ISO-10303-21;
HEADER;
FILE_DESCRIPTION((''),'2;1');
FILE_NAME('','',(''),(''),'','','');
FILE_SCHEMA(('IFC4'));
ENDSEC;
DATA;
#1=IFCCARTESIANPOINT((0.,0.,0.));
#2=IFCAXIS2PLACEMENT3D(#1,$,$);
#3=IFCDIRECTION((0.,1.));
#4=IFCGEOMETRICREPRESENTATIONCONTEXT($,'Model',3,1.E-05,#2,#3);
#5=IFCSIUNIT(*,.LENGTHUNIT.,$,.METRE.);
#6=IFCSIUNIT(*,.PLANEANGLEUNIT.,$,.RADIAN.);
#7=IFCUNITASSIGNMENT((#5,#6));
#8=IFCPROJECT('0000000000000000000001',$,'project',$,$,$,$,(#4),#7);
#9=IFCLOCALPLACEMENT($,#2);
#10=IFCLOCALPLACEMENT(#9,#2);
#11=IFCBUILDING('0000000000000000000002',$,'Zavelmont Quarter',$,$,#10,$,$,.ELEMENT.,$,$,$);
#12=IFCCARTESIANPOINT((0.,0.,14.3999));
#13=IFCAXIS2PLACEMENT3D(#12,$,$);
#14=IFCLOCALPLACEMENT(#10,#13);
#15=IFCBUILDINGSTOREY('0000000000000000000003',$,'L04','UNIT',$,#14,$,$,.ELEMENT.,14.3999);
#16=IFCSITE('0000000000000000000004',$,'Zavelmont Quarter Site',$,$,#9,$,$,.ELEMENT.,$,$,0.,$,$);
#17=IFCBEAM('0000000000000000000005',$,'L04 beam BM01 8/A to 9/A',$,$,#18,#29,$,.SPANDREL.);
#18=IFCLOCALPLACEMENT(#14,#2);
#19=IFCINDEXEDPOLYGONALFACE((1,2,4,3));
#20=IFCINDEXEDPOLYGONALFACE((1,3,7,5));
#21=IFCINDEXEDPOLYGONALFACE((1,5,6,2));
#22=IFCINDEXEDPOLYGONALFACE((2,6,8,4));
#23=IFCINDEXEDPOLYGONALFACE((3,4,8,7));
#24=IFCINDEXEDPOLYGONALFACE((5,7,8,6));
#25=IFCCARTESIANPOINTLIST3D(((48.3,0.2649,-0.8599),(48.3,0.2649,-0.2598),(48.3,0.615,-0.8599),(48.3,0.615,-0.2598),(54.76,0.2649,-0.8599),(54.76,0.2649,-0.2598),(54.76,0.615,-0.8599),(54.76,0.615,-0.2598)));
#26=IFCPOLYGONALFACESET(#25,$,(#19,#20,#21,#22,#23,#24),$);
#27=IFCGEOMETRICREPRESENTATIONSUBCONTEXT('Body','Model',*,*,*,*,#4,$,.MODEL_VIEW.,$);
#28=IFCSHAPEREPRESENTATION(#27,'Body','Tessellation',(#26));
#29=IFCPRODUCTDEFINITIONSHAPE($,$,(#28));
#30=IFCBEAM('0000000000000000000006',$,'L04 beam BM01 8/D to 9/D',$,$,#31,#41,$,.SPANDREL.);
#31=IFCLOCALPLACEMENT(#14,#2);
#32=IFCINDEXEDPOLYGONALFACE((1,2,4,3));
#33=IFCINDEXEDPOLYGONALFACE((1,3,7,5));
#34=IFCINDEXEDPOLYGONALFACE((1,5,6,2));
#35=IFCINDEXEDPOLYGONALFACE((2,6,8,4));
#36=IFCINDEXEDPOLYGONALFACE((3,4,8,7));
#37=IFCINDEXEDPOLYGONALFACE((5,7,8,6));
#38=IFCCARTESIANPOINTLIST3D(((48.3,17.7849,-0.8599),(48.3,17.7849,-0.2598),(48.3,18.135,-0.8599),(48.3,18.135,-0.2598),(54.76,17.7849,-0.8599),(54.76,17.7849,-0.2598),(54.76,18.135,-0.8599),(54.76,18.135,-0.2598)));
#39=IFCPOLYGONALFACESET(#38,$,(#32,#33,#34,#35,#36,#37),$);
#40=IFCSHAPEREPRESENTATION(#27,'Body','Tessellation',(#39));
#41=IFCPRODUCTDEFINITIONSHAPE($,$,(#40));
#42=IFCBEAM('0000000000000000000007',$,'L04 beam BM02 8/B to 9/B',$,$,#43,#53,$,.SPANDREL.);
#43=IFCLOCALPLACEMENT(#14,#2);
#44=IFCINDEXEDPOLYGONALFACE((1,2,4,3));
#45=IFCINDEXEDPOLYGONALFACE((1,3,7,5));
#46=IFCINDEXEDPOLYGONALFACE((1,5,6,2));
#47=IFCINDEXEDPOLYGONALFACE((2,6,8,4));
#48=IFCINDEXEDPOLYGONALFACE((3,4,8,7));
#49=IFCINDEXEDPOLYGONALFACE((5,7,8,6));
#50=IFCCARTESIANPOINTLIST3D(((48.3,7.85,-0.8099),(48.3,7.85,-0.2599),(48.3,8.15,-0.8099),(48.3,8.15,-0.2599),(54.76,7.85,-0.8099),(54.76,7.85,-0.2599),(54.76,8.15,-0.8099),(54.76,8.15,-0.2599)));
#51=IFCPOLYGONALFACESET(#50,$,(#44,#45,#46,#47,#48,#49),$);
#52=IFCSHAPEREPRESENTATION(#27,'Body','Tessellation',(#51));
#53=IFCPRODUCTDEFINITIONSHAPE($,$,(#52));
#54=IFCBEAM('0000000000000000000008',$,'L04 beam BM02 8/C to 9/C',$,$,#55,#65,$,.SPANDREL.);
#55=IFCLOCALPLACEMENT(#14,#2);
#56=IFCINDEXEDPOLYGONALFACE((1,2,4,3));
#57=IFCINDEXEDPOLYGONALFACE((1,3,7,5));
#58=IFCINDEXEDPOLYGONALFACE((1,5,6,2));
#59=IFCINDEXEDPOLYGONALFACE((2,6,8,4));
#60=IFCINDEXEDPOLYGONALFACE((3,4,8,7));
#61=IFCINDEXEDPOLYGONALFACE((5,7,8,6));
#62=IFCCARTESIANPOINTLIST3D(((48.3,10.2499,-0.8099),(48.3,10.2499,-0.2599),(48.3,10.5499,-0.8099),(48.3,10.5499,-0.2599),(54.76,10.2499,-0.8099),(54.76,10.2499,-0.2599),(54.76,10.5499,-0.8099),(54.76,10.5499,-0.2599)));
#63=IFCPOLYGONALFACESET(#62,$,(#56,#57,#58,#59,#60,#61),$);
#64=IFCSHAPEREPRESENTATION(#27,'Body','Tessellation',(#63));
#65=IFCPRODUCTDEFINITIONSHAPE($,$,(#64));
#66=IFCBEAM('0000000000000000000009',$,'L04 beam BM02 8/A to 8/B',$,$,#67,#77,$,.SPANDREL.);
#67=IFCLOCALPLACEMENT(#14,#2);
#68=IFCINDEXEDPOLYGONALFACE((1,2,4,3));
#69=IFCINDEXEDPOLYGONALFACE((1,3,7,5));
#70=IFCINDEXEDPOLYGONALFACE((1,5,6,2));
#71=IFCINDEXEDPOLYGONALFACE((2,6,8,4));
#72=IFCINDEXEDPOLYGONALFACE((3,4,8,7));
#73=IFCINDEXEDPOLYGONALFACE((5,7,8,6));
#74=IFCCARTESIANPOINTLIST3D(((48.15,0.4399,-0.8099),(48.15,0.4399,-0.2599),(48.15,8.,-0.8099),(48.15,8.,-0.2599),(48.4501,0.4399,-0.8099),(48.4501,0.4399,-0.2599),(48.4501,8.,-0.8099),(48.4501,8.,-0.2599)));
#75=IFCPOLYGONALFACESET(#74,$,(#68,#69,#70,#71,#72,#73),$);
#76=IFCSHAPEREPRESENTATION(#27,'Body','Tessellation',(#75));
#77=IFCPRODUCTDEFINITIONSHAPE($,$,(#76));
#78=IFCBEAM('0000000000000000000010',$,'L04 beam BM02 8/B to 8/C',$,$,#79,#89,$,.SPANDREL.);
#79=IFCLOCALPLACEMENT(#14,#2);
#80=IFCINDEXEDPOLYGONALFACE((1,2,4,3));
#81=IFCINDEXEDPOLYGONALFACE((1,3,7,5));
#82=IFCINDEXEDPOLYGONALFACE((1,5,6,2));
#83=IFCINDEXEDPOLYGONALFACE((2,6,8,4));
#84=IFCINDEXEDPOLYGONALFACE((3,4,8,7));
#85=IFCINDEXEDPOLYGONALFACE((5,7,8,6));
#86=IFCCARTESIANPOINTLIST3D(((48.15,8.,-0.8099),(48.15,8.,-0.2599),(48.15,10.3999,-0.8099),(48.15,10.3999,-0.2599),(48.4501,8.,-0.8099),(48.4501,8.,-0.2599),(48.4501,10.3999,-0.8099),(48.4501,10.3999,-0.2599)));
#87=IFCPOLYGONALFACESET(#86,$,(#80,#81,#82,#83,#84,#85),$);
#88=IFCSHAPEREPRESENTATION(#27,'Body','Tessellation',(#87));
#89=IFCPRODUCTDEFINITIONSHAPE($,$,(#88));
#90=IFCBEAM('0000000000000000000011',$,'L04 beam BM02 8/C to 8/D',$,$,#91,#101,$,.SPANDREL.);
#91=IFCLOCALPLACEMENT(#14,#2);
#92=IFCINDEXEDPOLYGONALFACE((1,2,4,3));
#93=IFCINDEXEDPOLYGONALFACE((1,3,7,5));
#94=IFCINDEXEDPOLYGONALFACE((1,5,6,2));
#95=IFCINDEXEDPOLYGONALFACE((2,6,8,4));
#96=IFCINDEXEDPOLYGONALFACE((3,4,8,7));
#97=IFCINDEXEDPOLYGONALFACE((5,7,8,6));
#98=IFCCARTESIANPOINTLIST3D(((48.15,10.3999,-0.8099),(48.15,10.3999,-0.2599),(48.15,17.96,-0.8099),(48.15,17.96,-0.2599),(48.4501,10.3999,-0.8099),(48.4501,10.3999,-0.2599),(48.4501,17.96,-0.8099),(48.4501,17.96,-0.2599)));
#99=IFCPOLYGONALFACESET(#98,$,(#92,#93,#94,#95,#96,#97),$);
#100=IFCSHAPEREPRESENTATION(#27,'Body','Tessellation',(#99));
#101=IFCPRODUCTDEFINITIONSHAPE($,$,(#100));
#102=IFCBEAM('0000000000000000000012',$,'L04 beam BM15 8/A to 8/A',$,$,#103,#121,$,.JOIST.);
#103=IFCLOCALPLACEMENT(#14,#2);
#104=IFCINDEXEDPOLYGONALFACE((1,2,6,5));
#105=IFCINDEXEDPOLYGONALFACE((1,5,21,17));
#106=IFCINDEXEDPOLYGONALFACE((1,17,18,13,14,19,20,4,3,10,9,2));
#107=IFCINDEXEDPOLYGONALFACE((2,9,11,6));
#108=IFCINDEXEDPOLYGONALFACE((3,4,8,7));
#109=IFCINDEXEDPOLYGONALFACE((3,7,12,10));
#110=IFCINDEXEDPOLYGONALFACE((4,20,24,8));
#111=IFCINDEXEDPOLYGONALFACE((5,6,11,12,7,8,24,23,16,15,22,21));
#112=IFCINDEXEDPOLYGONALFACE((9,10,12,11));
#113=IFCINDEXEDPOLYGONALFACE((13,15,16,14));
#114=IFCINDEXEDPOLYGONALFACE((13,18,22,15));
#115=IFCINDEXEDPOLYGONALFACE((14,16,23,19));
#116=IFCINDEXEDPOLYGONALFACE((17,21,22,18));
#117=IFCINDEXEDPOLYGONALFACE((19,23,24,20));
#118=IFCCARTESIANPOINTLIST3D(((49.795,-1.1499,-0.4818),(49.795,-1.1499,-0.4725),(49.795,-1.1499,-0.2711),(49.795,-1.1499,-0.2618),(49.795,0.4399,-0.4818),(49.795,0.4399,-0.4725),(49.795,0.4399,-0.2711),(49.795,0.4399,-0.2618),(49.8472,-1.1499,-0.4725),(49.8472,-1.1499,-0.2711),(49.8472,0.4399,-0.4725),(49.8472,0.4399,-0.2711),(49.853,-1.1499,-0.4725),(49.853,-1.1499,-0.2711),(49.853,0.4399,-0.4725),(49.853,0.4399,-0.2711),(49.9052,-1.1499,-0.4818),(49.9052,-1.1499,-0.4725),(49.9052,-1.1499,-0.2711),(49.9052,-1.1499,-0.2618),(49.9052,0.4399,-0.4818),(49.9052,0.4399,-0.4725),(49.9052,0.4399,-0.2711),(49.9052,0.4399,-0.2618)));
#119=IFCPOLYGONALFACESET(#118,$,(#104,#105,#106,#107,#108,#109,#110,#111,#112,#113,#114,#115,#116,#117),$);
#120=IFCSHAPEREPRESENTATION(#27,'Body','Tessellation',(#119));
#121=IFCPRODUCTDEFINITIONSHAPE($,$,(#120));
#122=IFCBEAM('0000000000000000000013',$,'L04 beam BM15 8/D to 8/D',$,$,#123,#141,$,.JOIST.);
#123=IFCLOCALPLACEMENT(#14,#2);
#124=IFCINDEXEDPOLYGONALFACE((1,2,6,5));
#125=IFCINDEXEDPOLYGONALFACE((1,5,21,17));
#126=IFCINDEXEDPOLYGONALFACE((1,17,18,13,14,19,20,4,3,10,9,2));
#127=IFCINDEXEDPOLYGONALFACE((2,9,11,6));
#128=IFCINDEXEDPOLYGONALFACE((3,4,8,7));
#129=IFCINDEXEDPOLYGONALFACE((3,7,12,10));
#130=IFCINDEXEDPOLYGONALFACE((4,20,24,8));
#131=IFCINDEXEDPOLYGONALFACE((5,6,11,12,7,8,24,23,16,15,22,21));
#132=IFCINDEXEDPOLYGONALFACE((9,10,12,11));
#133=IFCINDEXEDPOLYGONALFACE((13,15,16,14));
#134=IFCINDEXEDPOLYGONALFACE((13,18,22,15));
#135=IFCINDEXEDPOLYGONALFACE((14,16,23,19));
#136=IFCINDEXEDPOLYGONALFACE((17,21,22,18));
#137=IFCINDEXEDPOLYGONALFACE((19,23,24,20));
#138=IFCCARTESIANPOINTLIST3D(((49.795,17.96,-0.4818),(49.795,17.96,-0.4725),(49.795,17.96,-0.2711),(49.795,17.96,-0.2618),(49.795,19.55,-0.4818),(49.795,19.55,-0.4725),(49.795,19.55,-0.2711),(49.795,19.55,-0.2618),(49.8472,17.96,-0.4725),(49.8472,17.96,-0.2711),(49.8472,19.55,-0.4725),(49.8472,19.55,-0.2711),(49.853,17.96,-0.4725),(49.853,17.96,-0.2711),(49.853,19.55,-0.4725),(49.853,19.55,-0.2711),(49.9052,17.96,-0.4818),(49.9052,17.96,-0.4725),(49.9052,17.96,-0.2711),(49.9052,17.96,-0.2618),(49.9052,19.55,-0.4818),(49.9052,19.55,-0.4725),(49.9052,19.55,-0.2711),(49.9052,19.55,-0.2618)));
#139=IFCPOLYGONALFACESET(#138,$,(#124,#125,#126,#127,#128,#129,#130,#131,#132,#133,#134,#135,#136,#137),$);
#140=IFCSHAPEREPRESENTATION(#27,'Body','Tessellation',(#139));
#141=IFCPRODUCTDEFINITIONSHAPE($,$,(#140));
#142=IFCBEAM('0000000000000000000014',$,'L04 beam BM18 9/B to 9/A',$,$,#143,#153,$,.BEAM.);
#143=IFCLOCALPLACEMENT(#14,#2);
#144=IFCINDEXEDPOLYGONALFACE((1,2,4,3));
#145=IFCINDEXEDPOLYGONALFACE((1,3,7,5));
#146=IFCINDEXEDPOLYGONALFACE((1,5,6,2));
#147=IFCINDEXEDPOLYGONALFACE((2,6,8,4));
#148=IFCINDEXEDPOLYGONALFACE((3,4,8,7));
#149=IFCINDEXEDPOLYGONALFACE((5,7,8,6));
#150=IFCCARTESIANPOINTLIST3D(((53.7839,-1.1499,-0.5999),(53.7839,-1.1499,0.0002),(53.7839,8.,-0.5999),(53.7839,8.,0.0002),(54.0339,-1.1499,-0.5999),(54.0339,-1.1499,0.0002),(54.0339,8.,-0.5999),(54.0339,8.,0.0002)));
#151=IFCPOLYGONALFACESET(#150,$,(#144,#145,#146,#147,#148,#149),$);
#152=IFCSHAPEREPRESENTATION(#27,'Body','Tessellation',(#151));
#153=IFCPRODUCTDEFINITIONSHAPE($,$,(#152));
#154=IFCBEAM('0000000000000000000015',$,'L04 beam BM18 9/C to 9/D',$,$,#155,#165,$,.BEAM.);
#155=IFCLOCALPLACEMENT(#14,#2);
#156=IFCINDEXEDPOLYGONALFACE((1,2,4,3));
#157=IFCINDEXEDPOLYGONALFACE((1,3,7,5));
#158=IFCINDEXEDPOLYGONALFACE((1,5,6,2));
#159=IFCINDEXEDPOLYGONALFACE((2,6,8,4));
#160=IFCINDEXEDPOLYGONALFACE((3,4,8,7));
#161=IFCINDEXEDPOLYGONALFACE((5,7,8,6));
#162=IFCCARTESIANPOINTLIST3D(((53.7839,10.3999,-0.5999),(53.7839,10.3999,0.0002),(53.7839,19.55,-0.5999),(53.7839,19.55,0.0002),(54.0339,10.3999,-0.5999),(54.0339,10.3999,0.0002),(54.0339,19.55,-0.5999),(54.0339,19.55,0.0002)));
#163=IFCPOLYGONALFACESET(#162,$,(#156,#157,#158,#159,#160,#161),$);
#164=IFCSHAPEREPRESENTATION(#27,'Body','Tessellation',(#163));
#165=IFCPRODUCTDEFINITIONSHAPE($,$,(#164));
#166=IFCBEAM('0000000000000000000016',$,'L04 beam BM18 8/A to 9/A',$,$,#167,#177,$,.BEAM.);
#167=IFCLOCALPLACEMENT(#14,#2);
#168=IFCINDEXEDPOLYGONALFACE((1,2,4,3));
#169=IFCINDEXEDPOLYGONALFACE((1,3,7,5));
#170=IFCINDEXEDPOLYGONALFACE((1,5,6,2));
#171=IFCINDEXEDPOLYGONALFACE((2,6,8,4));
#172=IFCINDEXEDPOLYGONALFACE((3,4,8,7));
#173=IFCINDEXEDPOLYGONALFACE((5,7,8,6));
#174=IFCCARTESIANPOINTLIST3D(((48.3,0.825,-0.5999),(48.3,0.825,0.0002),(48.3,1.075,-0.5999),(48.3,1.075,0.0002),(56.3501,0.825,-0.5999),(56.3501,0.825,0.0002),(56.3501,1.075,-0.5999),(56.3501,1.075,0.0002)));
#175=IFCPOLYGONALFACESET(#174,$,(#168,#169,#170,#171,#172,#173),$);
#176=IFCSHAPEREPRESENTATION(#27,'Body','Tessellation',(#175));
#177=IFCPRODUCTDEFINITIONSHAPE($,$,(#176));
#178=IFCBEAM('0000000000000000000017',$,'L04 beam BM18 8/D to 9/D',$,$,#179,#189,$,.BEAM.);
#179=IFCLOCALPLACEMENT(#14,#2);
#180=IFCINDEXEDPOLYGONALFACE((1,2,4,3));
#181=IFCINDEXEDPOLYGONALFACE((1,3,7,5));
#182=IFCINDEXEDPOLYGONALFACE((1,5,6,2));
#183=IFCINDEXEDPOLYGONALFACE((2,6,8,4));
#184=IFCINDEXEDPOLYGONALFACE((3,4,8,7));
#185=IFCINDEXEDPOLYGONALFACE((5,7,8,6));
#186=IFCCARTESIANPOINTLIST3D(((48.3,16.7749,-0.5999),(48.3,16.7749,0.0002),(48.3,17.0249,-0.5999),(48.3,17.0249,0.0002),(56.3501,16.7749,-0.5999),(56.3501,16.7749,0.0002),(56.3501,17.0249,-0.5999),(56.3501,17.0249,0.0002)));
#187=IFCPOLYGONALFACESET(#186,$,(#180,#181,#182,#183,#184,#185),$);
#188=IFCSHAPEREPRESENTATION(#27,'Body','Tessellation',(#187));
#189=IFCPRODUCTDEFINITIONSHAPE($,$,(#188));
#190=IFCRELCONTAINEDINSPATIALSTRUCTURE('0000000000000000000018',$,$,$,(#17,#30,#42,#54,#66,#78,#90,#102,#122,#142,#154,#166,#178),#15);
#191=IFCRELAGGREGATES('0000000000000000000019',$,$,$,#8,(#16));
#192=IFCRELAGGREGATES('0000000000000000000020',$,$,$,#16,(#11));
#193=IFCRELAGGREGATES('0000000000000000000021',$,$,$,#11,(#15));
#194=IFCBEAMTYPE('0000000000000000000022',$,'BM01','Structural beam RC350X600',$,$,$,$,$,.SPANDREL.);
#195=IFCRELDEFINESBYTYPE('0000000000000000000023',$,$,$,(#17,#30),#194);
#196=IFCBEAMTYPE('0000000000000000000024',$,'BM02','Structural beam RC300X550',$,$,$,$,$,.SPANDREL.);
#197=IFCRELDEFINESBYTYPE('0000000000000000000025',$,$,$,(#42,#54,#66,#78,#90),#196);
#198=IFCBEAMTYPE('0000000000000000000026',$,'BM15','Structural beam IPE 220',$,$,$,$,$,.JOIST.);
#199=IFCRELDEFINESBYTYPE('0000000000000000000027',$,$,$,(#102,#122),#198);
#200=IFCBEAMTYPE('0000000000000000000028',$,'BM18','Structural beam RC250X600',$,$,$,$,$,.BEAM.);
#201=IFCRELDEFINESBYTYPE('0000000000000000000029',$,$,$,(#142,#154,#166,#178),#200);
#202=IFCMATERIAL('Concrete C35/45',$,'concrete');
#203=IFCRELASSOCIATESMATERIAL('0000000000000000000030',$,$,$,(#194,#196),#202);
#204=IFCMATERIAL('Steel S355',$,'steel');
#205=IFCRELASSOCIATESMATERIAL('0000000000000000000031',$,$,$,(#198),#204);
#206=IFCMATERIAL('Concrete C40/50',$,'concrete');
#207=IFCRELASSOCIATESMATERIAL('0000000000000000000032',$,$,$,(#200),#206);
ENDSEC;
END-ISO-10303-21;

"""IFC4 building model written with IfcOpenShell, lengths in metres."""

from ifc_helpers import new_model, si_unit, direction, frame, origin, origin_2d, place, context, subcontext, project, spatial, rectangle, i_section, extrude, material, material_profile, profile_set, type_object, element, save


model = new_model("IFC4")

# Units and contexts
model_context = context("Model", 3, precision=1e-05, world=origin(), true_north=direction((0.0, 1.0)))
body_context = subcontext(model_context, "Body", "Model", "MODEL_VIEW")
ifc_project = project(units=[si_unit("LENGTHUNIT", "METRE"), si_unit("PLANEANGLEUNIT", "RADIAN")], contexts=[model_context])

# Site, building, storey
site_placement = place(None, origin())
site = spatial("IfcSite", under=ifc_project, at=site_placement, Name="Zavelmont Quarter Site", CompositionType="ELEMENT", RefElevation=0.0)
building_placement = place(site_placement, origin())
building = spatial("IfcBuilding", under=site, at=building_placement, Name="Zavelmont Quarter", CompositionType="ELEMENT")
storey_placement = place(building_placement, frame((0.0, 0.0, 14.3999)))
storey = spatial("IfcBuildingStorey", under=building, at=storey_placement, Name="L04", Description="UNIT", CompositionType="ELEMENT", Elevation=14.3999)

# Beams
ifc_material_1 = material(Name="Concrete C35/45", Category="concrete")
ifc_material_profile_1 = material_profile(ifc_material_1, rectangle(XDim=0.3501, YDim=0.6001, at=origin_2d()), Name="RC350X600")
ifc_profile_set_1 = profile_set([ifc_material_profile_1], Name="Concrete C35/45")
beam_type_1 = type_object("IfcBeamType", Name="BM01", Description="Structural beam RC350X600", PredefinedType="SPANDREL", material=ifc_profile_set_1)
for number, where, z_axis, x_axis, name in (
    (1, (48.3, 0.4399, -0.5598), (1.0, 0.0, 0.0), (0.0, 1.0, 0.0), "L04 beam BM01 8/A to 9/A"),
    (2, (48.3, 17.96, -0.5598), (1.0, 0.0, 0.0), (0.0, 1.0, 0.0), "L04 beam BM01 8/D to 9/D"),
):
    element("IfcBeam", number, at=place(storey_placement, frame(where, z_axis=z_axis, x_axis=x_axis)), inside=storey, type_object=beam_type_1, Name=name, PredefinedType="SPANDREL", context=body_context, shape_type="SweptSolid", body=[
        extrude(rectangle(XDim=0.3501, YDim=0.6001, at=origin_2d()), origin(), (0.0, 0.0, 1.0), 6.46),
    ])
ifc_material_profile_2 = material_profile(ifc_material_1, rectangle(XDim=0.3, YDim=0.55, at=origin_2d()), Name="RC300X550")
ifc_profile_set_2 = profile_set([ifc_material_profile_2], Name="Concrete C35/45")
beam_type_2 = type_object("IfcBeamType", Name="BM02", Description="Structural beam RC300X550", PredefinedType="SPANDREL", material=ifc_profile_set_2)
for number, where, z_axis, x_axis, name in (
    (3, (48.3, 8.0, -0.5349), (1.0, 0.0, 0.0), (0.0, 1.0, 0.0), "L04 beam BM02 8/B to 9/B"),
    (4, (48.3, 10.3999, -0.5349), (1.0, 0.0, 0.0), (0.0, 1.0, 0.0), "L04 beam BM02 8/C to 9/C"),
):
    element("IfcBeam", number, at=place(storey_placement, frame(where, z_axis=z_axis, x_axis=x_axis)), inside=storey, type_object=beam_type_2, Name=name, PredefinedType="SPANDREL", context=body_context, shape_type="SweptSolid", body=[
        extrude(rectangle(XDim=0.3, YDim=0.55, at=origin_2d()), origin(), (0.0, 0.0, 1.0), 6.46),
    ])
beam_1_placement = place(storey_placement, frame((48.3, 0.4399, -0.5349), z_axis=(0.0, 1.0, 0.0), x_axis=(-1.0, 0.0, 0.0)))
element("IfcBeam", 5, at=beam_1_placement, inside=storey, type_object=beam_type_2, Name="L04 beam BM02 8/A to 8/B", PredefinedType="SPANDREL", context=body_context, shape_type="SweptSolid", body=[
    extrude(rectangle(XDim=0.3, YDim=0.55, at=origin_2d()), origin(), (0.0, 0.0, 1.0), 7.5601),
])
beam_2_placement = place(storey_placement, frame((48.3, 8.0, -0.5349), z_axis=(0.0, 1.0, 0.0), x_axis=(-1.0, 0.0, 0.0)))
element("IfcBeam", 6, at=beam_2_placement, inside=storey, type_object=beam_type_2, Name="L04 beam BM02 8/B to 8/C", PredefinedType="SPANDREL", context=body_context, shape_type="SweptSolid", body=[
    extrude(rectangle(XDim=0.3, YDim=0.55, at=origin_2d()), origin(), (0.0, 0.0, 1.0), 2.3999),
])
beam_3_placement = place(storey_placement, frame((48.3, 10.3999, -0.5349), z_axis=(0.0, 1.0, 0.0), x_axis=(-1.0, 0.0, 0.0)))
element("IfcBeam", 7, at=beam_3_placement, inside=storey, type_object=beam_type_2, Name="L04 beam BM02 8/C to 8/D", PredefinedType="SPANDREL", context=body_context, shape_type="SweptSolid", body=[
    extrude(rectangle(XDim=0.3, YDim=0.55, at=origin_2d()), origin(), (0.0, 0.0, 1.0), 7.5601),
])
ifc_material_2 = material(Name="Steel S355", Category="steel")
ifc_material_profile_3 = material_profile(ifc_material_2, i_section(OverallWidth=0.1101, OverallDepth=0.22, WebThickness=0.0059, FlangeThickness=0.0093, at=origin_2d()), Name="IPE 220")
ifc_profile_set_3 = profile_set([ifc_material_profile_3], Name="Steel S355")
beam_type_3 = type_object("IfcBeamType", Name="BM15", Description="Structural beam IPE 220", PredefinedType="JOIST", material=ifc_profile_set_3)
beam_4_placement = place(storey_placement, frame((49.8501, 0.4399, -0.3718), z_axis=(0.0, -1.0, 0.0), x_axis=(1.0, 0.0, 0.0)))
element("IfcBeam", 8, at=beam_4_placement, inside=storey, type_object=beam_type_3, Name="L04 beam BM15 8/A to 8/A", PredefinedType="JOIST", context=body_context, shape_type="SweptSolid", body=[
    extrude(i_section(OverallWidth=0.1101, OverallDepth=0.22, WebThickness=0.0059, FlangeThickness=0.0093, at=origin_2d()), origin(), (0.0, 0.0, 1.0), 1.5898),
])
beam_5_placement = place(storey_placement, frame((49.8501, 17.96, -0.3718), z_axis=(0.0, 1.0, 0.0), x_axis=(-1.0, 0.0, 0.0)))
element("IfcBeam", 9, at=beam_5_placement, inside=storey, type_object=beam_type_3, Name="L04 beam BM15 8/D to 8/D", PredefinedType="JOIST", context=body_context, shape_type="SweptSolid", body=[
    extrude(i_section(OverallWidth=0.1101, OverallDepth=0.22, WebThickness=0.0059, FlangeThickness=0.0093, at=origin_2d()), origin(), (0.0, 0.0, 1.0), 1.5901),
])
ifc_material_3 = material(Name="Concrete C40/50", Category="concrete")
ifc_material_profile_4 = material_profile(ifc_material_3, rectangle(XDim=0.25, YDim=0.6001, at=origin_2d()), Name="RC250X600")
ifc_profile_set_4 = profile_set([ifc_material_profile_4], Name="Concrete C40/50")
beam_type_4 = type_object("IfcBeamType", Name="BM18", Description="Structural beam RC250X600", PredefinedType="BEAM", material=ifc_profile_set_4)
beam_6_placement = place(storey_placement, frame((53.9089, 8.0, -0.2998), z_axis=(0.0, -1.0, 0.0), x_axis=(1.0, 0.0, 0.0)))
element("IfcBeam", 10, at=beam_6_placement, inside=storey, type_object=beam_type_4, Name="L04 beam BM18 9/B to 9/A", PredefinedType="BEAM", context=body_context, shape_type="SweptSolid", body=[
    extrude(rectangle(XDim=0.25, YDim=0.6001, at=origin_2d()), origin(), (0.0, 0.0, 1.0), 9.1499),
])
beam_7_placement = place(storey_placement, frame((53.9089, 10.3999, -0.2998), z_axis=(0.0, 1.0, 0.0), x_axis=(-1.0, 0.0, 0.0)))
element("IfcBeam", 11, at=beam_7_placement, inside=storey, type_object=beam_type_4, Name="L04 beam BM18 9/C to 9/D", PredefinedType="BEAM", context=body_context, shape_type="SweptSolid", body=[
    extrude(rectangle(XDim=0.25, YDim=0.6001, at=origin_2d()), origin(), (0.0, 0.0, 1.0), 9.1501),
])
for number, where, z_axis, x_axis, name in (
    (12, (48.3, 0.95, -0.2998), (1.0, 0.0, 0.0), (0.0, 1.0, 0.0), "L04 beam BM18 8/A to 9/A"),
    (13, (48.3, 16.8999, -0.2998), (1.0, 0.0, 0.0), (0.0, 1.0, 0.0), "L04 beam BM18 8/D to 9/D"),
):
    element("IfcBeam", number, at=place(storey_placement, frame(where, z_axis=z_axis, x_axis=x_axis)), inside=storey, type_object=beam_type_4, Name=name, PredefinedType="BEAM", context=body_context, shape_type="SweptSolid", body=[
        extrude(rectangle(XDim=0.25, YDim=0.6001, at=origin_2d()), origin(), (0.0, 0.0, 1.0), 8.05),
    ])

save(model, "model.ifc")
